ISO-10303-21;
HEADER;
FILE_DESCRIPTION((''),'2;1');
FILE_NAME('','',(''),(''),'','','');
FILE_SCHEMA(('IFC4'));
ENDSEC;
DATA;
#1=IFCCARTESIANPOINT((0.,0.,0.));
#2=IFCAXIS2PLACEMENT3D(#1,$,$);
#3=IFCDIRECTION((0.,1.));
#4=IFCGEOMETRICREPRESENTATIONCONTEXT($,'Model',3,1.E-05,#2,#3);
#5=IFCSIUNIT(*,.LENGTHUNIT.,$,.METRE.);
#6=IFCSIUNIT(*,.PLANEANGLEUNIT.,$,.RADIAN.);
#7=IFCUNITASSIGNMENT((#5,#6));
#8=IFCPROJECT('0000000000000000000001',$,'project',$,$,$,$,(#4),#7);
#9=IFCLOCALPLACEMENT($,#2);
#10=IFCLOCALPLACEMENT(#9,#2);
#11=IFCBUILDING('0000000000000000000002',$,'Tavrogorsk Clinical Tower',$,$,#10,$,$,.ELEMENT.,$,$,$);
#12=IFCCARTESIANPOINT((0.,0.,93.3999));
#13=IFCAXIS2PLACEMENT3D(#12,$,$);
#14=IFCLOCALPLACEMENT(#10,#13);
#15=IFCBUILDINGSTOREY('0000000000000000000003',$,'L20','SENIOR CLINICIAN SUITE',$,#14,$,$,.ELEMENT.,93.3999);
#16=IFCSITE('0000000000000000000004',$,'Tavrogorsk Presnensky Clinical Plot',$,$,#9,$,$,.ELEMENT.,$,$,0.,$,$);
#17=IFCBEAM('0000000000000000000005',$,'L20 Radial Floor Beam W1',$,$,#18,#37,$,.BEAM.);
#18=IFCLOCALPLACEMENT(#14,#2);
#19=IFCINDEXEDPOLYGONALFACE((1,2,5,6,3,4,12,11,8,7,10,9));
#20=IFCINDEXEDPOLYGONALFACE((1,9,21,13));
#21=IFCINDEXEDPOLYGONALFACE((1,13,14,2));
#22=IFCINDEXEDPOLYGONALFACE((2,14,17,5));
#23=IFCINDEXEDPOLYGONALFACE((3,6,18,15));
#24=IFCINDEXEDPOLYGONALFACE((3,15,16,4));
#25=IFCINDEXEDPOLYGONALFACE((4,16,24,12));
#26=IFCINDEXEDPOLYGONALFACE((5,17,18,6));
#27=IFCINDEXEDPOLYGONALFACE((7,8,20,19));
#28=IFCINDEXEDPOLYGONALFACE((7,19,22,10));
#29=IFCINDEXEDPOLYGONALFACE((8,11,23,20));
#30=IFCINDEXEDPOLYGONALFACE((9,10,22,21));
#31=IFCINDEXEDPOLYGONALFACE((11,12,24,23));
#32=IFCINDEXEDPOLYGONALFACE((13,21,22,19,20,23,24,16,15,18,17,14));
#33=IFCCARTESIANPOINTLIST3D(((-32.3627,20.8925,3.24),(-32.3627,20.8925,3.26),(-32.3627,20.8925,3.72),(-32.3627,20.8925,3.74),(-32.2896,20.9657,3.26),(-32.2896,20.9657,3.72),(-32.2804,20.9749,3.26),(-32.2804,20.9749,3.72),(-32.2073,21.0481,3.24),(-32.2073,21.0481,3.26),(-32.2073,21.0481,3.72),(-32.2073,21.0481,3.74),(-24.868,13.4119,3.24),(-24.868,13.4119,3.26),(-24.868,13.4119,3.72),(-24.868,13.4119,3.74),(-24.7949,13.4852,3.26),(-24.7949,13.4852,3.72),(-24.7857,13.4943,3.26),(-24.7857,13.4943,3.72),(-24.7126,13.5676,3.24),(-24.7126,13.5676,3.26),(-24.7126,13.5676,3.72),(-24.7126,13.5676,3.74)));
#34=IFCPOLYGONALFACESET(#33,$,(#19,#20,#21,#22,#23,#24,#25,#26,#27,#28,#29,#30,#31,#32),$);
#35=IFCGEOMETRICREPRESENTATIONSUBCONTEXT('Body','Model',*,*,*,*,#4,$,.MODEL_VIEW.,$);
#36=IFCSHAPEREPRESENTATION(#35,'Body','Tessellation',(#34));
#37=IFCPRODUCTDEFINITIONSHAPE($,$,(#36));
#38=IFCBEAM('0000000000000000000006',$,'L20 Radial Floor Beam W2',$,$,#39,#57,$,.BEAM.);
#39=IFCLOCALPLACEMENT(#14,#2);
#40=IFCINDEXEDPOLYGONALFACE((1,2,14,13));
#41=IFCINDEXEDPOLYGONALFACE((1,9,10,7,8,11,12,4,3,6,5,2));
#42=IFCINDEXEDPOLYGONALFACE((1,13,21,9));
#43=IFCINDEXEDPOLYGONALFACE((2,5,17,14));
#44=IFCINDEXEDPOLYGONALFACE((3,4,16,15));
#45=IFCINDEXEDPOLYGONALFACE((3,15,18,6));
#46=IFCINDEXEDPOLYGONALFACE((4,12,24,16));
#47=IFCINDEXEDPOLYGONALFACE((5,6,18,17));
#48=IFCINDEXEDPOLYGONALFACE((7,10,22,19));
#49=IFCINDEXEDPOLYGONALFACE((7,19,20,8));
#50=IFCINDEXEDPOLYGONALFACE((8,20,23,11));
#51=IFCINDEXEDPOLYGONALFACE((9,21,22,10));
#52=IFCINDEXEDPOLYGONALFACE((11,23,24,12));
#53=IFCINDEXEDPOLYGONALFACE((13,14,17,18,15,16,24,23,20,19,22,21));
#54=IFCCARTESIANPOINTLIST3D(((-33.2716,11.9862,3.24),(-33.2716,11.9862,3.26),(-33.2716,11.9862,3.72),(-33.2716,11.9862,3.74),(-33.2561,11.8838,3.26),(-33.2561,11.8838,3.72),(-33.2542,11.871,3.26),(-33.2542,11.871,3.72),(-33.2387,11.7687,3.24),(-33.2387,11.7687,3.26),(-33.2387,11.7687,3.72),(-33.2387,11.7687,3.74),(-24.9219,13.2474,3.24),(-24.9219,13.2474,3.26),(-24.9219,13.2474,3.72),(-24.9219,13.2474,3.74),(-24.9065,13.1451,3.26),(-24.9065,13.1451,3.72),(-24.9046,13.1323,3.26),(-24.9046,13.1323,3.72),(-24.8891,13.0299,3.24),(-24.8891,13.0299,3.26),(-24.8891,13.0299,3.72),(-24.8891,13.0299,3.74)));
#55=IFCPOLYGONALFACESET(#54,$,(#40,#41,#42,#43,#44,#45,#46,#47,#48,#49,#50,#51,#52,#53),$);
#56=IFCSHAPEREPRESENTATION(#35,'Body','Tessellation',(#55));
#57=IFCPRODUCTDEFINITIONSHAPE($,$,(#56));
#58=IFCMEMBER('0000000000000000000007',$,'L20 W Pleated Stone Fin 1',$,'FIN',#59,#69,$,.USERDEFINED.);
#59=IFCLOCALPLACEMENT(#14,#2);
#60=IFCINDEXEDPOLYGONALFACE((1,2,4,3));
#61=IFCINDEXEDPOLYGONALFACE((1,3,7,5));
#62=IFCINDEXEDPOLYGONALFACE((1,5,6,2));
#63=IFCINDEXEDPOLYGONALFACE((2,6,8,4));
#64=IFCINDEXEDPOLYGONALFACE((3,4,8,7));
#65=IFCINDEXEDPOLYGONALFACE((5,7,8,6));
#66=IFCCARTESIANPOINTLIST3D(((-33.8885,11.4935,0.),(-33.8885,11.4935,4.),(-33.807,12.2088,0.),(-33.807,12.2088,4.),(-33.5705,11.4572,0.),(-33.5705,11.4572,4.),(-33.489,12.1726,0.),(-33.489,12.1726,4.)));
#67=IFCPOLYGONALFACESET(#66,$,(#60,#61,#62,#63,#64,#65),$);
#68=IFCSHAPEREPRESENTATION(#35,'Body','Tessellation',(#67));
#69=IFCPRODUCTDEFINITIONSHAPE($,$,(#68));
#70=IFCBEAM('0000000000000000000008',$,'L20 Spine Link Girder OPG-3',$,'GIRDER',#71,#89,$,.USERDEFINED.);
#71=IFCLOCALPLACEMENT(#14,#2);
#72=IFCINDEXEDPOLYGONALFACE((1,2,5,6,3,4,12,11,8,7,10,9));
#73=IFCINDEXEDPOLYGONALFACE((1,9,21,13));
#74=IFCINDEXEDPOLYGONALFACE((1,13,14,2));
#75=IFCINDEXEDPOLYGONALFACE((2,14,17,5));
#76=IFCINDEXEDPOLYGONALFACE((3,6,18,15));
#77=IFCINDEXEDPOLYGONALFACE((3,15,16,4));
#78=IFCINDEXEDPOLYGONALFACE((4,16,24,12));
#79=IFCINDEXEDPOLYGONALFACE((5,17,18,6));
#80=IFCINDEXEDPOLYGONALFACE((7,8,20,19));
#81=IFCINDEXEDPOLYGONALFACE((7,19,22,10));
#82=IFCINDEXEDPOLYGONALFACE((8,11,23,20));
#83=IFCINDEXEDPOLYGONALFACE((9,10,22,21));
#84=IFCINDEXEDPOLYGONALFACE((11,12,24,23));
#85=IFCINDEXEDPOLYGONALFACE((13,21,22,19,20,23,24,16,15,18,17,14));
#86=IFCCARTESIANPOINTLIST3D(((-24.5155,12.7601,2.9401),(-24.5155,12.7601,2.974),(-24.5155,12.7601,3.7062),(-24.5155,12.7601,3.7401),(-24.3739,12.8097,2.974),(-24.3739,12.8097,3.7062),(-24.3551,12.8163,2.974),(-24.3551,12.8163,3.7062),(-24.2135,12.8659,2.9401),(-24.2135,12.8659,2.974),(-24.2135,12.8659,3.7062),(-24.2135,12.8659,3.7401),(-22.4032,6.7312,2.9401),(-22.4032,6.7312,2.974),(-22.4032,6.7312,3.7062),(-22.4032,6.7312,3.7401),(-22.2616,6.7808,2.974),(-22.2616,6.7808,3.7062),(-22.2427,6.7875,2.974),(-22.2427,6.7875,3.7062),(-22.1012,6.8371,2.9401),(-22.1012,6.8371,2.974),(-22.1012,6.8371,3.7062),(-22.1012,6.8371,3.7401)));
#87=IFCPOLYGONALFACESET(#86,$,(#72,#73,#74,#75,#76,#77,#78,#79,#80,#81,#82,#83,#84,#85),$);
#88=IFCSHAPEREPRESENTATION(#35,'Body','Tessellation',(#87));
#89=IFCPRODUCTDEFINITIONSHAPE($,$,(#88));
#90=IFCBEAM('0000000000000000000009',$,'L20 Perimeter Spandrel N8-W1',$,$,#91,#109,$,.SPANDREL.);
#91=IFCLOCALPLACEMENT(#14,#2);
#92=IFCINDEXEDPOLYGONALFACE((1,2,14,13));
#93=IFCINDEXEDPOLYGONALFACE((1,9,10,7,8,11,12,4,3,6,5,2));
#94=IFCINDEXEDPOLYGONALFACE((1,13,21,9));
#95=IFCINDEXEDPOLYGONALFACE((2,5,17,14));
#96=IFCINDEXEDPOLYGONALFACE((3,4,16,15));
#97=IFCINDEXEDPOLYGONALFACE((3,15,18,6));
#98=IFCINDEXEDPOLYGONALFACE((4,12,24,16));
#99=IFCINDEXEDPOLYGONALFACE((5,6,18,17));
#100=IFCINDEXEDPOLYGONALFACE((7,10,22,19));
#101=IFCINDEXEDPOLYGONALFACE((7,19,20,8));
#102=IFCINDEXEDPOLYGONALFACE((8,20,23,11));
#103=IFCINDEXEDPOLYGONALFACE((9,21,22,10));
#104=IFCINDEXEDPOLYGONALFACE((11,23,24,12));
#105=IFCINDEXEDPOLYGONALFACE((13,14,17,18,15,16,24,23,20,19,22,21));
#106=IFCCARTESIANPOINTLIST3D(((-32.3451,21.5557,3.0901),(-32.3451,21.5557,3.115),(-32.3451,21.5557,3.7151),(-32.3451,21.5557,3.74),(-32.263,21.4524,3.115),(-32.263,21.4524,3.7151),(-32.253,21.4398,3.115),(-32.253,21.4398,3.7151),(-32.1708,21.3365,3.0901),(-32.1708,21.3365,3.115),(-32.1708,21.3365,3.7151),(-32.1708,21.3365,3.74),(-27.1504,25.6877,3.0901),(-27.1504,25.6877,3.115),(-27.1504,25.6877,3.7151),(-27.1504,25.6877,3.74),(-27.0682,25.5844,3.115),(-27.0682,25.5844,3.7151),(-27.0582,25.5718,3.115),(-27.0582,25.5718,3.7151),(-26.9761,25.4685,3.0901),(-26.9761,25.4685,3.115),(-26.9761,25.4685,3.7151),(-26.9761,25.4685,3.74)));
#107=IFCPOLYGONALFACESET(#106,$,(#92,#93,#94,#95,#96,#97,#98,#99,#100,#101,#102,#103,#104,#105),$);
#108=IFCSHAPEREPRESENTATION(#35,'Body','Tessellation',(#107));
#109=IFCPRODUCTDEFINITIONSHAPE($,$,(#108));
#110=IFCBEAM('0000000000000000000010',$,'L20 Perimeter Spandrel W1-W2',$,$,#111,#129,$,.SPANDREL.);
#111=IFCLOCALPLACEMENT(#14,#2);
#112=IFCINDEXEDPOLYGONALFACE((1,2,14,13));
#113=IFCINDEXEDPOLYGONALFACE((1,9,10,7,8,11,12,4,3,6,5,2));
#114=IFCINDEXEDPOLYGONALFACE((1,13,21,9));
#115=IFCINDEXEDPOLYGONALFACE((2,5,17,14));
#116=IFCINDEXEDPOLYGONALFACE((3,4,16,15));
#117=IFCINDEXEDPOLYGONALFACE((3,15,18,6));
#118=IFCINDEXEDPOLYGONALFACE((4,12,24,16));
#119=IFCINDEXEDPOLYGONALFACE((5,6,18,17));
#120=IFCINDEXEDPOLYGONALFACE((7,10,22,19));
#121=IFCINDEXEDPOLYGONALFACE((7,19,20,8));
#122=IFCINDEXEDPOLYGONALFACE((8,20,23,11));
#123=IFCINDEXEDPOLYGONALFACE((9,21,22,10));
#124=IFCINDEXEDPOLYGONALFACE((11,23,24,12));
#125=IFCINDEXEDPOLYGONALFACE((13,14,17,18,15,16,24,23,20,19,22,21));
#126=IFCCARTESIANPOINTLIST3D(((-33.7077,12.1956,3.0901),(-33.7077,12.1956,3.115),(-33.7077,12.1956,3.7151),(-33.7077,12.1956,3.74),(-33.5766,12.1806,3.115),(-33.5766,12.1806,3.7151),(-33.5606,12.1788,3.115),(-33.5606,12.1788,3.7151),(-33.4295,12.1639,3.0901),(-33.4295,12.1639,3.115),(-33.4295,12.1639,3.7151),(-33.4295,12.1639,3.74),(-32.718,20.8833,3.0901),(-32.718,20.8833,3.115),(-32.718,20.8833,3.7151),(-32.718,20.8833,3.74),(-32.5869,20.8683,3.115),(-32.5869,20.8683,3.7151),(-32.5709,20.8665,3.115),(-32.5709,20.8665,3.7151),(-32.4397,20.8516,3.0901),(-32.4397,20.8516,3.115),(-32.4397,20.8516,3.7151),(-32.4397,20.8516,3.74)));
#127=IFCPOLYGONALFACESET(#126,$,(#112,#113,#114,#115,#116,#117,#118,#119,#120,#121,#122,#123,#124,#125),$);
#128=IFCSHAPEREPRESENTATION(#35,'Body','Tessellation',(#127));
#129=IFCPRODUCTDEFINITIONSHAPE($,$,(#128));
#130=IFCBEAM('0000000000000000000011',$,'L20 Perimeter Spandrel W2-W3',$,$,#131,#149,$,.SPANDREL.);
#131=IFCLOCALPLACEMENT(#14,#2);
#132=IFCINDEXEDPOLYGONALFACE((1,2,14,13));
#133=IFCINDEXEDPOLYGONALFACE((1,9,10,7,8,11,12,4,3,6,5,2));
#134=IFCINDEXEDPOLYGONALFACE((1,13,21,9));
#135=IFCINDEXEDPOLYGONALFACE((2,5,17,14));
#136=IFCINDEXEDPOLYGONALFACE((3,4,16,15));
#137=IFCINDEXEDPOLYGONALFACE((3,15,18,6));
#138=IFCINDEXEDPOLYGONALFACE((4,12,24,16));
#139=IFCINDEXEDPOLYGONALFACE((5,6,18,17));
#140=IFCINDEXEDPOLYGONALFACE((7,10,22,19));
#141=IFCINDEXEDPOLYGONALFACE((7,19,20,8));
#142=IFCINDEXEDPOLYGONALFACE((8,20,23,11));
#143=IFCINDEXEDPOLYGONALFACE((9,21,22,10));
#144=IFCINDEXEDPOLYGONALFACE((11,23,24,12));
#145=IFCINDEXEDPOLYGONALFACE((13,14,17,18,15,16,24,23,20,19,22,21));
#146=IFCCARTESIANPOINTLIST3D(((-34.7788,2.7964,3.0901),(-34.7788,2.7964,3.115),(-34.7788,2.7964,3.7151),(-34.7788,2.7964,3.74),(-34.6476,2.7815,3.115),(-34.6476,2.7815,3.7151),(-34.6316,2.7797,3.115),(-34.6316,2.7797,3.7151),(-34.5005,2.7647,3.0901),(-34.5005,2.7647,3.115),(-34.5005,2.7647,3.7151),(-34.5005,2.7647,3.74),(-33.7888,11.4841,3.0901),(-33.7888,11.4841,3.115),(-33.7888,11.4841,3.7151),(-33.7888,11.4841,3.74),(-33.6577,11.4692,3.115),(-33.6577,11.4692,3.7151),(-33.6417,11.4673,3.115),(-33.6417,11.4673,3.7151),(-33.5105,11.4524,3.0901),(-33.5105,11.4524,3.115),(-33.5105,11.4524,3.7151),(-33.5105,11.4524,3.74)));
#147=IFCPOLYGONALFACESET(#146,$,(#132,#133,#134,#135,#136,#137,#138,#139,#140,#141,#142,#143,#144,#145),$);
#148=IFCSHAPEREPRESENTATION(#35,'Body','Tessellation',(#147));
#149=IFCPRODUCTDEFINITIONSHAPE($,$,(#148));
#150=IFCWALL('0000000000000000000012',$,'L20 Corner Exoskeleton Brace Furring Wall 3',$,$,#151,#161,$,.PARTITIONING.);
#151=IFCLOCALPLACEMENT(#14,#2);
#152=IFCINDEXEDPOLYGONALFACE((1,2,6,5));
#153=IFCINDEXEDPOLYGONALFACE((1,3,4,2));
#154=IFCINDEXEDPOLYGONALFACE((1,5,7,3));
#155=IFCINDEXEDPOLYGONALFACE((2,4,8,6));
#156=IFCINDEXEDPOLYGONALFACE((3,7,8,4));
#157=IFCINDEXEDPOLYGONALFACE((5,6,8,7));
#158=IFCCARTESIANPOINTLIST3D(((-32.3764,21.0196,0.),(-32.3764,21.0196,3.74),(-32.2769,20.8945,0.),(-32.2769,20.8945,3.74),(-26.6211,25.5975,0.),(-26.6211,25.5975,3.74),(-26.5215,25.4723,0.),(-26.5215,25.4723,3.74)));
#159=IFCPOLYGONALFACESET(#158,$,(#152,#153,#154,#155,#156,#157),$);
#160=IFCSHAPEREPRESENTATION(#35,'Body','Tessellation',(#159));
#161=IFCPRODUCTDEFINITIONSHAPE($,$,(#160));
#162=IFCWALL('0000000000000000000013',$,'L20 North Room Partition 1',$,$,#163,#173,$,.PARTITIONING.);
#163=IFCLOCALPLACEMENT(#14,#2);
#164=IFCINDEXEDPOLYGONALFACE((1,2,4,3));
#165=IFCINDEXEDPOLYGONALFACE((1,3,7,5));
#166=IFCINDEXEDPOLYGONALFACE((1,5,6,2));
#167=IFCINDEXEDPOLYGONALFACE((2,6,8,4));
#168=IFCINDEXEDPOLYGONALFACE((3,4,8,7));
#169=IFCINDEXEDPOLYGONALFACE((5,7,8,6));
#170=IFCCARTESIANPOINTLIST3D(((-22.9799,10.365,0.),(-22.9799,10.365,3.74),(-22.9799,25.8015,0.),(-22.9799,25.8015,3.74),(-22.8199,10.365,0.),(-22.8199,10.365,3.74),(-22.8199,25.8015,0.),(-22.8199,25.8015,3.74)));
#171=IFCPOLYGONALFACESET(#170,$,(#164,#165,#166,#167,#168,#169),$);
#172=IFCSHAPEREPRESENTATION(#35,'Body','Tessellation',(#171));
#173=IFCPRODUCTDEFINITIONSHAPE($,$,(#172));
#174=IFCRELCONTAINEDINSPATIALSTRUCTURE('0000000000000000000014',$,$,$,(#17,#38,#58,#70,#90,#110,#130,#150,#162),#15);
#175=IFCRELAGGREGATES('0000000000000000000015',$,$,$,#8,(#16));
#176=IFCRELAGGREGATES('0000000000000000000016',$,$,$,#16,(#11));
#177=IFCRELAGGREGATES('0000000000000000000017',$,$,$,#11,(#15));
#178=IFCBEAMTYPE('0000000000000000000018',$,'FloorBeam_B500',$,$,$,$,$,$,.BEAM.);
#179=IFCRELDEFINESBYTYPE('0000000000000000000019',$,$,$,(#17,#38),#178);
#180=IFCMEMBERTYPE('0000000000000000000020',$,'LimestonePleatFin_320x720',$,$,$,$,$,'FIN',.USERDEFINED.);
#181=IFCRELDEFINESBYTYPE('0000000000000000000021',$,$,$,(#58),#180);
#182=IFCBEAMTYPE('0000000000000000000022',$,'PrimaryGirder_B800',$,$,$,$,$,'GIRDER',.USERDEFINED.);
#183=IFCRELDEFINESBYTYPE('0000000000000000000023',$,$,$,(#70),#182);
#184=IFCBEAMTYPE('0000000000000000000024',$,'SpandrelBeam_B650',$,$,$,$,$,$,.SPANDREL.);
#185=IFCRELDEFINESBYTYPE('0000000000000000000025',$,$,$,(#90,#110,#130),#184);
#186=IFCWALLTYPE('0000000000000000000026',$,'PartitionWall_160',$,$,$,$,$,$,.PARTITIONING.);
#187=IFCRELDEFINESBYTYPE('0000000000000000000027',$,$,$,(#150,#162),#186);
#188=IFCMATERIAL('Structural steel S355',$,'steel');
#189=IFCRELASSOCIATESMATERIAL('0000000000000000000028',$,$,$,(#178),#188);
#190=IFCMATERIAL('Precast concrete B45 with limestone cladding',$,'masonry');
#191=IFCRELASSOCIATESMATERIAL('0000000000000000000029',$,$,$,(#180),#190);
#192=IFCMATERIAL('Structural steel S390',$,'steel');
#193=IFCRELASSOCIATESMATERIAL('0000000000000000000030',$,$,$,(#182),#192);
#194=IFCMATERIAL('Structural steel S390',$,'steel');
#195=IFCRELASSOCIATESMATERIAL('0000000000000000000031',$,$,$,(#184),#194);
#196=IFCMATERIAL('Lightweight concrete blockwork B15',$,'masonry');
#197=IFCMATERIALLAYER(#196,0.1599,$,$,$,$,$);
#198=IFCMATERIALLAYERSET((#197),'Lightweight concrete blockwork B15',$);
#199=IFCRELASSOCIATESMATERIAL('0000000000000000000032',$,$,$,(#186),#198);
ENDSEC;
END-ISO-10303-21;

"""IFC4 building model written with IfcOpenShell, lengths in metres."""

from ifc_helpers import new_model, si_unit, direction, frame, frame_2d, origin, origin_2d, place, context, subcontext, project, spatial, rectangle, i_section, extrude, material, layer, layer_set, material_profile, profile_set, type_object, element, save


model = new_model("IFC4")

# Units and contexts
model_context = context("Model", 3, precision=1e-05, world=origin(), true_north=direction((0.0, 1.0)))
body_context = subcontext(model_context, "Body", "Model", "MODEL_VIEW")
ifc_project = project(units=[si_unit("LENGTHUNIT", "METRE"), si_unit("PLANEANGLEUNIT", "RADIAN")], contexts=[model_context])

# Site, building, storey
site_placement = place(None, origin())
site = spatial("IfcSite", under=ifc_project, at=site_placement, Name="Tavrogorsk Presnensky Clinical Plot", CompositionType="ELEMENT", RefElevation=0.0)
building_placement = place(site_placement, origin())
building = spatial("IfcBuilding", under=site, at=building_placement, Name="Tavrogorsk Clinical Tower", CompositionType="ELEMENT")
storey_placement = place(building_placement, frame((0.0, 0.0, 93.3999)))
storey = spatial("IfcBuildingStorey", under=building, at=storey_placement, Name="L20", Description="SENIOR CLINICIAN SUITE", CompositionType="ELEMENT", Elevation=93.3999)

# Beams
ifc_material_1 = material(Name="Structural steel S355", Category="steel")
ifc_material_profile_1 = material_profile(ifc_material_1, i_section(OverallWidth=0.22, OverallDepth=0.5, WebThickness=0.0129, FlangeThickness=0.02, at=origin_2d()), Name="B-500x220x13x20")
ifc_profile_set_1 = profile_set([ifc_material_profile_1], Name="Structural steel S355")
beam_type_1 = type_object("IfcBeamType", Name="FloorBeam_B500", PredefinedType="BEAM", material=ifc_profile_set_1)
beam_1_placement = place(storey_placement, frame((-24.7903, 13.4897, 3.49), z_axis=(-0.707775, 0.706438, 0.0), x_axis=(-0.706438, -0.707775, 0.0)))
element("IfcBeam", 1, at=beam_1_placement, inside=storey, type_object=beam_type_1, Name="L20 Radial Floor Beam W1", PredefinedType="BEAM", context=body_context, shape_type="SweptSolid", body=[
    extrude(i_section(OverallWidth=0.22, OverallDepth=0.5, WebThickness=0.0129, FlangeThickness=0.02, at=origin_2d()), origin(), (0.0, 0.0, 1.0), 10.5891),
])
beam_2_placement = place(storey_placement, frame((-24.9055, 13.1387, 3.49), z_axis=(-0.988783, -0.149358, 0.0), x_axis=(0.149358, -0.988783, 0.0)))
element("IfcBeam", 2, at=beam_2_placement, inside=storey, type_object=beam_type_1, Name="L20 Radial Floor Beam W2", PredefinedType="BEAM", context=body_context, shape_type="SweptSolid", body=[
    extrude(i_section(OverallWidth=0.22, OverallDepth=0.5, WebThickness=0.0129, FlangeThickness=0.02, at=origin_2d()), origin(), (0.0, 0.0, 1.0), 8.4443),
])

# Member
ifc_material_2 = material(Name="Precast concrete B45 with limestone cladding", Category="masonry")
ifc_material_profile_2 = material_profile(ifc_material_2, rectangle(XDim=0.3201, YDim=0.72, at=origin_2d()), Name="LIMESTONE-FIN-320x720")
ifc_profile_set_2 = profile_set([ifc_material_profile_2], Name="Precast concrete B45 with limestone cladding")
member_type_1 = type_object("IfcMemberType", Name="LimestonePleatFin_320x720", ElementType="FIN", PredefinedType="USERDEFINED", material=ifc_profile_set_2)
member_1_placement = place(storey_placement, frame((-33.6887, 11.833, 0.0), z_axis=(0.0, 0.0, 1.0), x_axis=(0.993572, -0.113203, 0.0)))
element("IfcMember", 3, at=member_1_placement, inside=storey, type_object=member_type_1, Name="L20 W Pleated Stone Fin 1", ObjectType="FIN", PredefinedType="USERDEFINED", context=body_context, shape_type="SweptSolid", body=[
    extrude(rectangle(XDim=0.3201, YDim=0.72, at=origin_2d()), origin(), (0.0, 0.0, 1.0), 4.0),
])

# Beams
ifc_material_3 = material(Name="Structural steel S390", Category="steel")
ifc_material_profile_3 = material_profile(ifc_material_3, i_section(OverallWidth=0.3201, OverallDepth=0.8, WebThickness=0.02, FlangeThickness=0.0339, at=origin_2d()), Name="B-800x320x20x34")
ifc_profile_set_3 = profile_set([ifc_material_profile_3], Name="Structural steel S390")
beam_type_2 = type_object("IfcBeamType", Name="PrimaryGirder_B800", ElementType="GIRDER", PredefinedType="USERDEFINED", material=ifc_profile_set_3)
beam_3_placement = place(storey_placement, frame((-24.3645, 12.813, 3.3401), z_axis=(0.33066, -0.94375, 0.0), x_axis=(0.94375, 0.33066, 0.0)))
element("IfcBeam", 4, at=beam_3_placement, inside=storey, type_object=beam_type_2, Name="L20 Spine Link Girder OPG-3", ObjectType="GIRDER", PredefinedType="USERDEFINED", context=body_context, shape_type="SweptSolid", body=[
    extrude(i_section(OverallWidth=0.3201, OverallDepth=0.8, WebThickness=0.02, FlangeThickness=0.0339, at=origin_2d()), origin(), (0.0, 0.0, 1.0), 6.3882),
])
ifc_material_4 = material(Name="Structural steel S390", Category="steel")
ifc_material_profile_4 = material_profile(ifc_material_4, i_section(OverallWidth=0.28, OverallDepth=0.6499, WebThickness=0.0161, FlangeThickness=0.0249, at=origin_2d()), Name="B-650x280x16x25")
ifc_profile_set_4 = profile_set([ifc_material_profile_4], Name="Structural steel S390")
beam_type_3 = type_object("IfcBeamType", Name="SpandrelBeam_B650", PredefinedType="SPANDREL", material=ifc_profile_set_4)
beam_4_placement = place(storey_placement, frame((-27.0632, 25.5781, 3.415), z_axis=(-0.782613, -0.622508, 0.0), x_axis=(0.622508, -0.782613, 0.0)))
element("IfcBeam", 5, at=beam_4_placement, inside=storey, type_object=beam_type_3, Name="L20 Perimeter Spandrel N8-W1", PredefinedType="SPANDREL", context=body_context, shape_type="SweptSolid", body=[
    extrude(i_section(OverallWidth=0.28, OverallDepth=0.6499, WebThickness=0.0161, FlangeThickness=0.0249, at=origin_2d()), origin(), (0.0, 0.0, 1.0), 6.6377),
])
for number, where, z_axis, x_axis, name in (
    (6, (-32.5789, 20.8674, 3.415), (-0.113192, -0.993573, 0.0), (0.993573, -0.113192, 0.0), "L20 Perimeter Spandrel W1-W2"),
    (7, (-33.6497, 11.4683, 3.415), (-0.11322, -0.99357, 0.0), (0.99357, -0.11322, 0.0), "L20 Perimeter Spandrel W2-W3"),
):
    element("IfcBeam", number, at=place(storey_placement, frame(where, z_axis=z_axis, x_axis=x_axis)), inside=storey, type_object=beam_type_3, Name=name, PredefinedType="SPANDREL", context=body_context, shape_type="SweptSolid", body=[
        extrude(i_section(OverallWidth=0.28, OverallDepth=0.6499, WebThickness=0.0161, FlangeThickness=0.0249, at=origin_2d()), origin(), (0.0, 0.0, 1.0), 8.7439),
    ])

# Walls
ifc_material_5 = material(Name="Lightweight concrete blockwork B15", Category="masonry")
ifc_layer_1 = layer(ifc_material_5, 0.1599)
ifc_layer_set_1 = layer_set([ifc_layer_1], Name="Lightweight concrete blockwork B15")
wall_type_1 = type_object("IfcWallType", Name="PartitionWall_160", PredefinedType="PARTITIONING", material=ifc_layer_set_1)
wall_1_placement = place(storey_placement, frame((-26.5713, 25.5349, 0.0), z_axis=(0.0, 0.0, 1.0), x_axis=(-0.782618, -0.622502, 0.0)))
element("IfcWall", 8, at=wall_1_placement, inside=storey, type_object=wall_type_1, Name="L20 Corner Exoskeleton Brace Furring Wall 3", PredefinedType="PARTITIONING", context=body_context, shape_type="SweptSolid", body=[
    extrude(rectangle(XDim=7.354, YDim=0.1599, at=frame_2d((3.677, 0.0))), origin(), (0.0, 0.0, 1.0), 3.74),
])
wall_2_placement = place(storey_placement, frame((-22.8999, 10.365, 0.0), z_axis=(0.0, 0.0, 1.0), x_axis=(0.0, 1.0, 0.0)))
element("IfcWall", 9, at=wall_2_placement, inside=storey, type_object=wall_type_1, Name="L20 North Room Partition 1", PredefinedType="PARTITIONING", context=body_context, shape_type="SweptSolid", body=[
    extrude(rectangle(XDim=15.4365, YDim=0.1599, at=frame_2d((7.7183, 0.0))), origin(), (0.0, 0.0, 1.0), 3.74),
])

save(model, "model.ifc")
